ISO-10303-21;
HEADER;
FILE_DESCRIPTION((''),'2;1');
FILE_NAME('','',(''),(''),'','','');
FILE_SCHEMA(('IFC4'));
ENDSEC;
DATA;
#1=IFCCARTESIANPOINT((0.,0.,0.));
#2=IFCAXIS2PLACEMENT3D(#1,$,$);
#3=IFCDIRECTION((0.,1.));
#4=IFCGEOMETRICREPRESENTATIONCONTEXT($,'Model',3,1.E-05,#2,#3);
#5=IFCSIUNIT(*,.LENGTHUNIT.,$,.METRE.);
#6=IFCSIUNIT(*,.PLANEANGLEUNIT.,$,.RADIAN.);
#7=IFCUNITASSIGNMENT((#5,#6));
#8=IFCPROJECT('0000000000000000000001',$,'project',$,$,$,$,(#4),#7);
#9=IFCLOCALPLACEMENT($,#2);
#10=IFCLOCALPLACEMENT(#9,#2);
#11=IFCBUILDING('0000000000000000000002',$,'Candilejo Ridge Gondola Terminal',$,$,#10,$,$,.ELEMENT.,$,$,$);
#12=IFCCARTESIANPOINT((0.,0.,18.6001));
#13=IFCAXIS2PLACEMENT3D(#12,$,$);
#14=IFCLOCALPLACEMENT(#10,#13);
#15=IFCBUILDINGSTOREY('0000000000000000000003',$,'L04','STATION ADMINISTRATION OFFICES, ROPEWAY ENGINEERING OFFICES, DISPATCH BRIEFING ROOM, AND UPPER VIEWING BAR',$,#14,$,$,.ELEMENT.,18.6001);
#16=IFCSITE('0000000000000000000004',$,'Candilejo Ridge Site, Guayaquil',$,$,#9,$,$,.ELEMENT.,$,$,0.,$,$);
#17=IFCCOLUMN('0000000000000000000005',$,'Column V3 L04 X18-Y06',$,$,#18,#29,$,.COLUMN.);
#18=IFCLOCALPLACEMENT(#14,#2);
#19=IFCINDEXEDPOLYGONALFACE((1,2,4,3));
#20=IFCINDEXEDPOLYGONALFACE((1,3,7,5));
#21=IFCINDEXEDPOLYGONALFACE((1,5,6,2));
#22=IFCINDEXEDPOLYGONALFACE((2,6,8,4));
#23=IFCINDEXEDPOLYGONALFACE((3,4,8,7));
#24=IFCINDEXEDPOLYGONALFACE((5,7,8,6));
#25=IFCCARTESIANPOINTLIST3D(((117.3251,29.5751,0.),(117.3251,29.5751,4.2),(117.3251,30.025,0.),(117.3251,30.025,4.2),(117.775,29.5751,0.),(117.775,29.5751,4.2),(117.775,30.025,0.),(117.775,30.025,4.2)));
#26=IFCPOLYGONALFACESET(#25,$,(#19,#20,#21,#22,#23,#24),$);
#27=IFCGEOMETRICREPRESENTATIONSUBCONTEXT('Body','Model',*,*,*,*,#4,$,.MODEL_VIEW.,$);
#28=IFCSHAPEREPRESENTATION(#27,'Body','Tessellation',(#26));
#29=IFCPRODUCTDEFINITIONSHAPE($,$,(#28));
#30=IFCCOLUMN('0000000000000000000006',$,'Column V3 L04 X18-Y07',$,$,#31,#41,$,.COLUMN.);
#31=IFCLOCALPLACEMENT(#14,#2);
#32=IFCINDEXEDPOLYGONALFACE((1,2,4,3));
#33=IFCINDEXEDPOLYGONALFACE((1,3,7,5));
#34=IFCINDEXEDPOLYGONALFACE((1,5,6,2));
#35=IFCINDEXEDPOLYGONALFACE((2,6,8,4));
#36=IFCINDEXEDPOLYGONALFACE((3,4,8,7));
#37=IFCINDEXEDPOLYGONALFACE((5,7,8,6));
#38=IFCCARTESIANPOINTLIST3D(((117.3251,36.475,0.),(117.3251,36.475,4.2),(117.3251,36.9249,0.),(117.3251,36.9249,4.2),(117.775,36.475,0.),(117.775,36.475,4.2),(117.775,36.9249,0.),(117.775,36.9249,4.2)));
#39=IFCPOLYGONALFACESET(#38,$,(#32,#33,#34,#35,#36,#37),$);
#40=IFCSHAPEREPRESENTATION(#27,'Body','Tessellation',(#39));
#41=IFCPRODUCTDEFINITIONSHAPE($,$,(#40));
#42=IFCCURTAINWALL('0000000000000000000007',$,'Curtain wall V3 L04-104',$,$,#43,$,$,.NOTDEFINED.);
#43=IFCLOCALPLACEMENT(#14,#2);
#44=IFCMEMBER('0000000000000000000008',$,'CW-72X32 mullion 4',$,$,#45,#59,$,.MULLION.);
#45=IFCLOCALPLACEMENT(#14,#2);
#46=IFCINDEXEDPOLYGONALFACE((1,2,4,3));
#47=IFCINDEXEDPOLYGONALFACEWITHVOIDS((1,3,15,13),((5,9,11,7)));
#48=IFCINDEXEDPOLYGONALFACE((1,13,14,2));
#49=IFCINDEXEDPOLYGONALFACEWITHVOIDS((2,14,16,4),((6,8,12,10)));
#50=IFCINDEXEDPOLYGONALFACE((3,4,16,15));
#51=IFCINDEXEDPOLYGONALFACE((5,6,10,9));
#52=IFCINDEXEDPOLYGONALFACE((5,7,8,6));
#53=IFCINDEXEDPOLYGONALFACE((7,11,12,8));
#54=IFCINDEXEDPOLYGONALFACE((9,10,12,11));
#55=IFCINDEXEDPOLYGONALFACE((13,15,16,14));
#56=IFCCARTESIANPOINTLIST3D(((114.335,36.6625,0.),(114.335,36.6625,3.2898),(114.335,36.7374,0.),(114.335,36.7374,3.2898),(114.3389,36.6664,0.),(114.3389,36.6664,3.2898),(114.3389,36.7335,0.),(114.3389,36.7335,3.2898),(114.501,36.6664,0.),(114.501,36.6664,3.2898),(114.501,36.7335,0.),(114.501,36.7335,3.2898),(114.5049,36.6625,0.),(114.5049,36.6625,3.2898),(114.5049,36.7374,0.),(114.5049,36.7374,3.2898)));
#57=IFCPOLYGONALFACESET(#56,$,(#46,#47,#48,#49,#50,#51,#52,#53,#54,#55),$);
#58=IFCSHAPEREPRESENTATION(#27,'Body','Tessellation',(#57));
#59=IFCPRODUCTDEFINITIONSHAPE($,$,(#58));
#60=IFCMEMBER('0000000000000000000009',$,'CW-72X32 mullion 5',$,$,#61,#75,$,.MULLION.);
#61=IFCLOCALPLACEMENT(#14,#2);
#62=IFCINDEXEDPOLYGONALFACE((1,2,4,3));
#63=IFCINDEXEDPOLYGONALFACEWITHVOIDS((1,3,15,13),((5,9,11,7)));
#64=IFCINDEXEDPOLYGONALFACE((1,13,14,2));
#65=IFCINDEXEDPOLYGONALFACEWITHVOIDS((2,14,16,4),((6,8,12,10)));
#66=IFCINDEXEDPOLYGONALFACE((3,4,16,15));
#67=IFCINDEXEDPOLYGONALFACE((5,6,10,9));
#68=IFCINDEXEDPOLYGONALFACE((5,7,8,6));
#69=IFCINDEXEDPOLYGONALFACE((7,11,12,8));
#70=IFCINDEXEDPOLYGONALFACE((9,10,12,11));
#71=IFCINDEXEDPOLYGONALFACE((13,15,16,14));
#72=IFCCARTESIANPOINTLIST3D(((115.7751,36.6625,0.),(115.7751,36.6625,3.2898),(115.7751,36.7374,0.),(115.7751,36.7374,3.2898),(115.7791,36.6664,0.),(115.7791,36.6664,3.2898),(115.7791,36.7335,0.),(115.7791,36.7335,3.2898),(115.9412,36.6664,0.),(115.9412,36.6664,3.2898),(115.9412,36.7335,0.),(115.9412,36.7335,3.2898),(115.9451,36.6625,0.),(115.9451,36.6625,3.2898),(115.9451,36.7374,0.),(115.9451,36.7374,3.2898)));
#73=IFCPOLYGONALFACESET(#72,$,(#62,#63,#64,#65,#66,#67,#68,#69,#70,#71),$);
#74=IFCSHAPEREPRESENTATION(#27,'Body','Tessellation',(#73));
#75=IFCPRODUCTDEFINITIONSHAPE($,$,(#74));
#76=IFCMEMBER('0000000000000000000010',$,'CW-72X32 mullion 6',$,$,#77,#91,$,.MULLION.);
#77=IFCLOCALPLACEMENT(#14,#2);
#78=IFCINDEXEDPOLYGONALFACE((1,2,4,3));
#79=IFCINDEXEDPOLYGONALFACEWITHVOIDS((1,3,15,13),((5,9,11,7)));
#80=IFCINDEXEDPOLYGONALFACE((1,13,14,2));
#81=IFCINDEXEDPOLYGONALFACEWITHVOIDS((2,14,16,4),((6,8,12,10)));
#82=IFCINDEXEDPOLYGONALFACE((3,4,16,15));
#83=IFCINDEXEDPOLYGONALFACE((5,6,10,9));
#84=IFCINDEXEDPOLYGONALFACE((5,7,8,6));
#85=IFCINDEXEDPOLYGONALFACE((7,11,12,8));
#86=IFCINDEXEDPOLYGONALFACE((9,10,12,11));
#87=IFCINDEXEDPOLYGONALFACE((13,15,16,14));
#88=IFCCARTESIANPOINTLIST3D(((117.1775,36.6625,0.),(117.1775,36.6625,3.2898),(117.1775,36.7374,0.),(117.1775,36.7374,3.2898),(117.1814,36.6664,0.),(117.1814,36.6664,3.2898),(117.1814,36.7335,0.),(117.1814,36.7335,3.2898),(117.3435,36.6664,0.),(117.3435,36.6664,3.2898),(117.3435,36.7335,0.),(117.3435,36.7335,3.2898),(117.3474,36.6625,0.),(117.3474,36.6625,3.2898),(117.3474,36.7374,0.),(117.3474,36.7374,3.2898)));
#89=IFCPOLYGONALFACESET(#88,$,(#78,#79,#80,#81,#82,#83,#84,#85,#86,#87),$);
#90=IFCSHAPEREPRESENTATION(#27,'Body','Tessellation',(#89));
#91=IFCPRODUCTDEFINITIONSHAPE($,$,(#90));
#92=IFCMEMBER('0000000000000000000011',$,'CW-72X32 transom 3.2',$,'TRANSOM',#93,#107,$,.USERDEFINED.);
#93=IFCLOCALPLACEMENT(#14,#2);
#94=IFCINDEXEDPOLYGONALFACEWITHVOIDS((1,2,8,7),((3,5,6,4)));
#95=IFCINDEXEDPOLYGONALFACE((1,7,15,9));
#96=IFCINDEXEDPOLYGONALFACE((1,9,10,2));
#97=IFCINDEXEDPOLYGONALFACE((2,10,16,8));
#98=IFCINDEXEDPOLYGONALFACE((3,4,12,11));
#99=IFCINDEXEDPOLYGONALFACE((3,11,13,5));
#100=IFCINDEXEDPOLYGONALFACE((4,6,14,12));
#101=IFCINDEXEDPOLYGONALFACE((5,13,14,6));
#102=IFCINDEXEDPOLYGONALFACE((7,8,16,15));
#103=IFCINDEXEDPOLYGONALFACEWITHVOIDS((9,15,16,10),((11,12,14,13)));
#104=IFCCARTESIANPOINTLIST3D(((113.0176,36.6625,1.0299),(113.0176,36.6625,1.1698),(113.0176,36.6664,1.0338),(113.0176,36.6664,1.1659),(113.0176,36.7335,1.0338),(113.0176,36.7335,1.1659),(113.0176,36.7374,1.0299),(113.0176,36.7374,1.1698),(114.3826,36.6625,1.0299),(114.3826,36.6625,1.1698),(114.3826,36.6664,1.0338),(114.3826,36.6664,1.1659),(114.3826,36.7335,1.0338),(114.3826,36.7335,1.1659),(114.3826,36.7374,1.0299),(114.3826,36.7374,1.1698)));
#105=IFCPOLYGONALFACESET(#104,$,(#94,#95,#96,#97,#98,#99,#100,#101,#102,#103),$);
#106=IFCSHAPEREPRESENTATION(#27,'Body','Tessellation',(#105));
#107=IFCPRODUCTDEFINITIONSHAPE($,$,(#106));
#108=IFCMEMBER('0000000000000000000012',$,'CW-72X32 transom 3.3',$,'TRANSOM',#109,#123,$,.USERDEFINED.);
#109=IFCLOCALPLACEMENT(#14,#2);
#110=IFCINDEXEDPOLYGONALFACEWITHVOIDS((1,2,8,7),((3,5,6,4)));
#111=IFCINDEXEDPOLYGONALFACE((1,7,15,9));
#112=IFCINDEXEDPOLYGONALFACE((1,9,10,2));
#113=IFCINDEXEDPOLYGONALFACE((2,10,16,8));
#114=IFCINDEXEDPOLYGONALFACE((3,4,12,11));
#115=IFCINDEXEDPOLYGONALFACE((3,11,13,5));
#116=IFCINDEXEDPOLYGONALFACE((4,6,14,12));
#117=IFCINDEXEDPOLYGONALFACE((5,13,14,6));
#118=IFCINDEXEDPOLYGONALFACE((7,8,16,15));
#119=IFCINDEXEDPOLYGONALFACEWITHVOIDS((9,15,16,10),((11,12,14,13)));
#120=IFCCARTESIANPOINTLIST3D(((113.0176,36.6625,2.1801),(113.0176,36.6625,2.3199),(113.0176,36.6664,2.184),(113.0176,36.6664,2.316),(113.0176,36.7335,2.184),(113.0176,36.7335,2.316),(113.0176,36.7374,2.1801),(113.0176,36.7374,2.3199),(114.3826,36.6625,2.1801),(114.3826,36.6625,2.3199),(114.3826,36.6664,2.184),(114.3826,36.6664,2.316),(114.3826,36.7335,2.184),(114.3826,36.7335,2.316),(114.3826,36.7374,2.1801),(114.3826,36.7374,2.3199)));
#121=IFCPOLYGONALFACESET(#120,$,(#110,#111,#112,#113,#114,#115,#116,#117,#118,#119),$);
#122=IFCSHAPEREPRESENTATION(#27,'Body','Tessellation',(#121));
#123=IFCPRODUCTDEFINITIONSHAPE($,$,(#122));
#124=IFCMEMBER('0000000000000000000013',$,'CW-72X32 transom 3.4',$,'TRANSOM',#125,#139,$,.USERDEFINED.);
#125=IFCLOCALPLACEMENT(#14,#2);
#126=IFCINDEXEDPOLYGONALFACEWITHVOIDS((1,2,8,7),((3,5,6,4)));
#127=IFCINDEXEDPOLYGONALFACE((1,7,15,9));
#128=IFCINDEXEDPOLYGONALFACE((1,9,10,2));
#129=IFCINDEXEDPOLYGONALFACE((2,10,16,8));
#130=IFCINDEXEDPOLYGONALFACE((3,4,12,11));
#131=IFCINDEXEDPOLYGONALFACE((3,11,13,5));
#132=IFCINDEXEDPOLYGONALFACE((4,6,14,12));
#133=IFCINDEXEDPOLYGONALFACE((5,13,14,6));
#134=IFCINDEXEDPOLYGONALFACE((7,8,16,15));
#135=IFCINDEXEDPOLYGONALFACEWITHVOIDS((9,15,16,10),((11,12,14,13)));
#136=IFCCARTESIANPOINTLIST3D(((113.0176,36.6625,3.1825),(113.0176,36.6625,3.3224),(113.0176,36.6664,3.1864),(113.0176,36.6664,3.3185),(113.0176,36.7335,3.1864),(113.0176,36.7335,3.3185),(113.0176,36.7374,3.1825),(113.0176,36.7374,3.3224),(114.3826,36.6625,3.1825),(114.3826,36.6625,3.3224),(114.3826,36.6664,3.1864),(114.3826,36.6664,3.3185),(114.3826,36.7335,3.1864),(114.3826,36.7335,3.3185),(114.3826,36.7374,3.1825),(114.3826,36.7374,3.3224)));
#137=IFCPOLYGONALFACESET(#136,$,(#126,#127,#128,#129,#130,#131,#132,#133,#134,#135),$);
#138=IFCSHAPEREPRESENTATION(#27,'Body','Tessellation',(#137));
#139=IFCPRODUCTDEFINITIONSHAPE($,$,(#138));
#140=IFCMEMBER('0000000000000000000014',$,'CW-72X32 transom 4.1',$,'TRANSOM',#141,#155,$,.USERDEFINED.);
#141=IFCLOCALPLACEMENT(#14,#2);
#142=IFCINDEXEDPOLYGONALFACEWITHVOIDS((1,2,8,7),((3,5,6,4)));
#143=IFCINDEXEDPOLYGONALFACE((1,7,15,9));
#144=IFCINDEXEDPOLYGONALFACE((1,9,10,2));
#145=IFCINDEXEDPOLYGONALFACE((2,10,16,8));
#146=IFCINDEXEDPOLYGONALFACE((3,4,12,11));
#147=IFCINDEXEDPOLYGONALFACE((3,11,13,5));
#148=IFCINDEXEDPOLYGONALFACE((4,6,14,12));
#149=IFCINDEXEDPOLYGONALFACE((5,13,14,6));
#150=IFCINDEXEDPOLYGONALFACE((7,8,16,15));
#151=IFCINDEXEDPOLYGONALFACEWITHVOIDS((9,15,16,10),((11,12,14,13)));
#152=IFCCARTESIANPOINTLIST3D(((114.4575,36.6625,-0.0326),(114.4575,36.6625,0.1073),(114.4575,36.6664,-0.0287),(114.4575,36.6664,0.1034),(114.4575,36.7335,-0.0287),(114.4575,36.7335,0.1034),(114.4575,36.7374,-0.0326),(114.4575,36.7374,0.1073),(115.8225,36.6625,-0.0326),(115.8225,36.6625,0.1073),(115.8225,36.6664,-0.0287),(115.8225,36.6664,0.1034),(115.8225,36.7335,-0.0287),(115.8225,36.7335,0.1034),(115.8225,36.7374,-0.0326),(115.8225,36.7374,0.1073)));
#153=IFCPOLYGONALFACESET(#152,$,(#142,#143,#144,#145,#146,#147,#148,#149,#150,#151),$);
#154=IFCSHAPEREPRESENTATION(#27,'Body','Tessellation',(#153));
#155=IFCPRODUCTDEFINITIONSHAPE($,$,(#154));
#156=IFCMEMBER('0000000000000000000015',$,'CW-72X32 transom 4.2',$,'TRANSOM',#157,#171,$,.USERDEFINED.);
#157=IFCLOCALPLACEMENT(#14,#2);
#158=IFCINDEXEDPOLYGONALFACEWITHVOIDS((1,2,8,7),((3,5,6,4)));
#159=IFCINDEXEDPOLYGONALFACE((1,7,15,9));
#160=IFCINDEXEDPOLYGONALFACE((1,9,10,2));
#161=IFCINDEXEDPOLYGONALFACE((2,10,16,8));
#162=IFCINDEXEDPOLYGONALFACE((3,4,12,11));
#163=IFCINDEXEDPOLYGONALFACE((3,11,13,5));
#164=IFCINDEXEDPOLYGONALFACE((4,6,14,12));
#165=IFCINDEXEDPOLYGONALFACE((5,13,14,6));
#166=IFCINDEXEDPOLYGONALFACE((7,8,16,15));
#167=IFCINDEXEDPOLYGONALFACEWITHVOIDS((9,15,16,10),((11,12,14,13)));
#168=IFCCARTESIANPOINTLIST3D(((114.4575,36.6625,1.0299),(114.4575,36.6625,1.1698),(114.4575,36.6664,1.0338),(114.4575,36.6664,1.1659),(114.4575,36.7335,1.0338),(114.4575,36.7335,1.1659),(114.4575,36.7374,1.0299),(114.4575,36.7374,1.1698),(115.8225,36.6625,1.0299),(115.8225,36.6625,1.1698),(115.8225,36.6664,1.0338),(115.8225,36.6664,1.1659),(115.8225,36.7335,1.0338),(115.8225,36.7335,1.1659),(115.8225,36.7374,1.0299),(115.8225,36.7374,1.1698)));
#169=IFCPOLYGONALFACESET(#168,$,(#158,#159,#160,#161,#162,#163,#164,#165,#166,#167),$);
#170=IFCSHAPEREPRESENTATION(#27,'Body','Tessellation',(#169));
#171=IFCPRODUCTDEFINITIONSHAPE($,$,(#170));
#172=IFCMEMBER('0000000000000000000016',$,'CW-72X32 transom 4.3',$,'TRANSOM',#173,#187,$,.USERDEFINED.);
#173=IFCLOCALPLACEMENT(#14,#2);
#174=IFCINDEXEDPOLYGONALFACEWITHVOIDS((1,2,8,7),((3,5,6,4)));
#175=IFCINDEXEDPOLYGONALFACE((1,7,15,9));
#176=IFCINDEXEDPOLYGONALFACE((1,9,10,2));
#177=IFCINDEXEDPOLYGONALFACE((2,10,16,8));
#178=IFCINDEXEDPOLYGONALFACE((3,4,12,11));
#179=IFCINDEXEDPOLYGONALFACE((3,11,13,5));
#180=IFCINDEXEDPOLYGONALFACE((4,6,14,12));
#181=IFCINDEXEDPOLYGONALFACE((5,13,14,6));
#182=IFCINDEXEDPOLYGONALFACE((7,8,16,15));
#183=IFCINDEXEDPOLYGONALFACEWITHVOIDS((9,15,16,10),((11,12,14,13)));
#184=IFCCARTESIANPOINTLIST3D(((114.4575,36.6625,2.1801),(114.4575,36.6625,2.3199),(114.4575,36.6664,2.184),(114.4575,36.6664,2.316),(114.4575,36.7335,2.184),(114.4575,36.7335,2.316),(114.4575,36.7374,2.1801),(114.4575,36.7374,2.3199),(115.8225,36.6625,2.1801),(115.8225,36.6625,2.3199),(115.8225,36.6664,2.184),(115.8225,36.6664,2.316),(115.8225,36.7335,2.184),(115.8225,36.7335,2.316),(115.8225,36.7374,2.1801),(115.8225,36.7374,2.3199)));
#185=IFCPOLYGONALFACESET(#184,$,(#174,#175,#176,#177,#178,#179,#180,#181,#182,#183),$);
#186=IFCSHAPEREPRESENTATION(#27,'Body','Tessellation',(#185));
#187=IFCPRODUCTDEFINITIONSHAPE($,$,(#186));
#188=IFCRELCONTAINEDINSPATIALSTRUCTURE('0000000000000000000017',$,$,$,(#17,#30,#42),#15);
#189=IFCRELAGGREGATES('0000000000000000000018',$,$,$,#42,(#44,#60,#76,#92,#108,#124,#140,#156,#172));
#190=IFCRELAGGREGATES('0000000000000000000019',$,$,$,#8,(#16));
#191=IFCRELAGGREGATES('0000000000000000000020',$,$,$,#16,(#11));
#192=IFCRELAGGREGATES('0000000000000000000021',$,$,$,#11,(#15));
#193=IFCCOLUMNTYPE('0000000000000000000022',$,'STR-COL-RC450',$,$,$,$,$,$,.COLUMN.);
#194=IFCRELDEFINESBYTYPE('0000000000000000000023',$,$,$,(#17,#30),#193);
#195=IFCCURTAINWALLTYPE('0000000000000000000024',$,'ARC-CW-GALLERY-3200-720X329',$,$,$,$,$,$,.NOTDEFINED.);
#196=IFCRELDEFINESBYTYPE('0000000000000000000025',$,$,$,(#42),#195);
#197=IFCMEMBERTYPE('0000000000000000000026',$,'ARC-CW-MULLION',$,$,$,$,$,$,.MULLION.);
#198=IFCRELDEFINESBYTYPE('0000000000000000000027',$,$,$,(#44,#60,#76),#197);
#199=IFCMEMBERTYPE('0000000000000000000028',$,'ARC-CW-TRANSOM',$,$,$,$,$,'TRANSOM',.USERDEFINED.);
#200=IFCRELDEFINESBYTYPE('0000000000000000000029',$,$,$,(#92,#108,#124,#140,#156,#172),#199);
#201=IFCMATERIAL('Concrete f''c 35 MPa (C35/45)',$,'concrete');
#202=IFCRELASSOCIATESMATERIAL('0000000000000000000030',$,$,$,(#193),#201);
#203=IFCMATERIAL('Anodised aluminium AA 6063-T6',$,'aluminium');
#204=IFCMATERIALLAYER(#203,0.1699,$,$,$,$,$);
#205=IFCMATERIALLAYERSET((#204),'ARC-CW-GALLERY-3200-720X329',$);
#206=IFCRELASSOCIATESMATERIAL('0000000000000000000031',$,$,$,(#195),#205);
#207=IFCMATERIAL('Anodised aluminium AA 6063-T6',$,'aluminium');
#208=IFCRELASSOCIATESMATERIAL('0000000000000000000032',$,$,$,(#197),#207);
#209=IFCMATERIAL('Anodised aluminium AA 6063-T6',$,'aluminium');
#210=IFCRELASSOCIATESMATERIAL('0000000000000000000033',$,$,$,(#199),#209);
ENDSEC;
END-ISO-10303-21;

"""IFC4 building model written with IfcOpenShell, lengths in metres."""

from ifc_helpers import new_model, si_unit, direction, frame, origin, origin_2d, place, context, subcontext, project, spatial, rectangle, hollow_rectangle, extrude, material, layer, layer_set, material_profile, profile_set, type_object, element, aggregate, save


model = new_model("IFC4")

# Units and contexts
model_context = context("Model", 3, precision=1e-05, world=origin(), true_north=direction((0.0, 1.0)))
body_context = subcontext(model_context, "Body", "Model", "MODEL_VIEW")
ifc_project = project(units=[si_unit("LENGTHUNIT", "METRE"), si_unit("PLANEANGLEUNIT", "RADIAN")], contexts=[model_context])

# Site, building, storey
site_placement = place(None, origin())
site = spatial("IfcSite", under=ifc_project, at=site_placement, Name="Candilejo Ridge Site, Guayaquil", CompositionType="ELEMENT", RefElevation=0.0)
building_placement = place(site_placement, origin())
building = spatial("IfcBuilding", under=site, at=building_placement, Name="Candilejo Ridge Gondola Terminal", CompositionType="ELEMENT")
storey_placement = place(building_placement, frame((0.0, 0.0, 18.6001)))
storey = spatial("IfcBuildingStorey", under=building, at=storey_placement, Name="L04", Description="STATION ADMINISTRATION OFFICES, ROPEWAY ENGINEERING OFFICES, DISPATCH BRIEFING ROOM, AND UPPER VIEWING BAR", CompositionType="ELEMENT", Elevation=18.6001)

# Columns
ifc_material_1 = material(Name="Concrete f'c 35 MPa (C35/45)", Category="concrete")
ifc_material_profile_1 = material_profile(ifc_material_1, rectangle(XDim=0.45, YDim=0.45, at=origin_2d()))
ifc_profile_set_1 = profile_set([ifc_material_profile_1], Name="Concrete f'c 35 MPa (C35/45)")
column_type = type_object("IfcColumnType", Name="STR-COL-RC450", PredefinedType="COLUMN", material=ifc_profile_set_1)
for number, where, z_axis, x_axis, name in (
    (1, (117.55, 29.8, 0.0), (0.0, 0.0, 1.0), (1.0, 0.0, 0.0), "Column V3 L04 X18-Y06"),
    (2, (117.55, 36.7, 0.0), (0.0, 0.0, 1.0), (1.0, 0.0, 0.0), "Column V3 L04 X18-Y07"),
):
    element("IfcColumn", number, at=place(storey_placement, frame(where, z_axis=z_axis, x_axis=x_axis)), inside=storey, type_object=column_type, Name=name, PredefinedType="COLUMN", context=body_context, shape_type="SweptSolid", body=[
        extrude(rectangle(XDim=0.45, YDim=0.45, at=origin_2d()), origin(), (0.0, 0.0, 1.0), 4.2),
    ])

# Curtain wall, members
ifc_material_2 = material(Name="Anodised aluminium AA 6063-T6", Category="aluminium")
ifc_layer_1 = layer(ifc_material_2, 0.1699)
ifc_layer_set_1 = layer_set([ifc_layer_1], Name="ARC-CW-GALLERY-3200-720X329")
curtain_wall_type = type_object("IfcCurtainWallType", Name="ARC-CW-GALLERY-3200-720X329", PredefinedType="NOTDEFINED", material=ifc_layer_set_1)
curtain_wall_placement = place(storey_placement, origin())
curtain_wall = element("IfcCurtainWall", 3, at=curtain_wall_placement, inside=storey, type_object=curtain_wall_type, Name="Curtain wall V3 L04-104", PredefinedType="NOTDEFINED")
ifc_material_3 = material(Name="Anodised aluminium AA 6063-T6", Category="aluminium")
ifc_material_profile_2 = material_profile(ifc_material_3, hollow_rectangle(XDim=0.075, YDim=0.1699, WallThickness=0.0039, at=origin_2d()))
ifc_profile_set_2 = profile_set([ifc_material_profile_2], Name="Anodised aluminium AA 6063-T6")
member_type_1 = type_object("IfcMemberType", Name="ARC-CW-MULLION", PredefinedType="MULLION", material=ifc_profile_set_2)
member_1_placement = place(storey_placement, frame((114.4199, 36.7, 0.0), z_axis=(0.0, 0.0, 1.0), x_axis=(0.0, 1.0, 0.0)))
member_1 = element("IfcMember", 4, at=member_1_placement, type_object=member_type_1, Name="CW-72X32 mullion 4", PredefinedType="MULLION", context=body_context, shape_type="SweptSolid", body=[
    extrude(hollow_rectangle(XDim=0.075, YDim=0.1699, WallThickness=0.0039, at=origin_2d()), origin(), (0.0, 0.0, 1.0), 3.2898),
])
member_2_placement = place(storey_placement, frame((115.8601, 36.7, 0.0), z_axis=(0.0, 0.0, 1.0), x_axis=(0.0, 1.0, 0.0)))
member_2 = element("IfcMember", 5, at=member_2_placement, type_object=member_type_1, Name="CW-72X32 mullion 5", PredefinedType="MULLION", context=body_context, shape_type="SweptSolid", body=[
    extrude(hollow_rectangle(XDim=0.075, YDim=0.1699, WallThickness=0.0039, at=origin_2d()), origin(), (0.0, 0.0, 1.0), 3.2898),
])
member_3_placement = place(storey_placement, frame((117.2625, 36.7, 0.0), z_axis=(0.0, 0.0, 1.0), x_axis=(0.0, 1.0, 0.0)))
member_3 = element("IfcMember", 6, at=member_3_placement, type_object=member_type_1, Name="CW-72X32 mullion 6", PredefinedType="MULLION", context=body_context, shape_type="SweptSolid", body=[
    extrude(hollow_rectangle(XDim=0.075, YDim=0.1699, WallThickness=0.0039, at=origin_2d()), origin(), (0.0, 0.0, 1.0), 3.2898),
])
ifc_material_4 = material(Name="Anodised aluminium AA 6063-T6", Category="aluminium")
ifc_material_profile_3 = material_profile(ifc_material_4, hollow_rectangle(XDim=0.075, YDim=0.1399, WallThickness=0.0039, at=origin_2d()))
ifc_profile_set_3 = profile_set([ifc_material_profile_3], Name="Anodised aluminium AA 6063-T6")
member_type_2 = type_object("IfcMemberType", Name="ARC-CW-TRANSOM", ElementType="TRANSOM", PredefinedType="USERDEFINED", material=ifc_profile_set_3)
member_4_placement = place(storey_placement, frame((113.0176, 36.7, 1.0999), z_axis=(1.0, 0.0, 0.0), x_axis=(0.0, 1.0, 0.0)))
member_4 = element("IfcMember", 7, at=member_4_placement, type_object=member_type_2, Name="CW-72X32 transom 3.2", ObjectType="TRANSOM", PredefinedType="USERDEFINED", context=body_context, shape_type="SweptSolid", body=[
    extrude(hollow_rectangle(XDim=0.075, YDim=0.1399, WallThickness=0.0039, at=origin_2d()), origin(), (0.0, 0.0, 1.0), 1.365),
])
member_5_placement = place(storey_placement, frame((113.0176, 36.7, 2.25), z_axis=(1.0, 0.0, 0.0), x_axis=(0.0, 1.0, 0.0)))
member_5 = element("IfcMember", 8, at=member_5_placement, type_object=member_type_2, Name="CW-72X32 transom 3.3", ObjectType="TRANSOM", PredefinedType="USERDEFINED", context=body_context, shape_type="SweptSolid", body=[
    extrude(hollow_rectangle(XDim=0.075, YDim=0.1399, WallThickness=0.0039, at=origin_2d()), origin(), (0.0, 0.0, 1.0), 1.365),
])
member_6_placement = place(storey_placement, frame((113.0176, 36.7, 3.2524), z_axis=(1.0, 0.0, 0.0), x_axis=(0.0, 1.0, 0.0)))
member_6 = element("IfcMember", 9, at=member_6_placement, type_object=member_type_2, Name="CW-72X32 transom 3.4", ObjectType="TRANSOM", PredefinedType="USERDEFINED", context=body_context, shape_type="SweptSolid", body=[
    extrude(hollow_rectangle(XDim=0.075, YDim=0.1399, WallThickness=0.0039, at=origin_2d()), origin(), (0.0, 0.0, 1.0), 1.365),
])
member_7_placement = place(storey_placement, frame((114.4575, 36.7, 0.0374), z_axis=(1.0, 0.0, 0.0), x_axis=(0.0, 1.0, 0.0)))
member_7 = element("IfcMember", 10, at=member_7_placement, type_object=member_type_2, Name="CW-72X32 transom 4.1", ObjectType="TRANSOM", PredefinedType="USERDEFINED", context=body_context, shape_type="SweptSolid", body=[
    extrude(hollow_rectangle(XDim=0.075, YDim=0.1399, WallThickness=0.0039, at=origin_2d()), origin(), (0.0, 0.0, 1.0), 1.365),
])
member_8_placement = place(storey_placement, frame((114.4575, 36.7, 1.0999), z_axis=(1.0, 0.0, 0.0), x_axis=(0.0, 1.0, 0.0)))
member_8 = element("IfcMember", 11, at=member_8_placement, type_object=member_type_2, Name="CW-72X32 transom 4.2", ObjectType="TRANSOM", PredefinedType="USERDEFINED", context=body_context, shape_type="SweptSolid", body=[
    extrude(hollow_rectangle(XDim=0.075, YDim=0.1399, WallThickness=0.0039, at=origin_2d()), origin(), (0.0, 0.0, 1.0), 1.365),
])
member_9_placement = place(storey_placement, frame((114.4575, 36.7, 2.25), z_axis=(1.0, 0.0, 0.0), x_axis=(0.0, 1.0, 0.0)))
member_9 = element("IfcMember", 12, at=member_9_placement, type_object=member_type_2, Name="CW-72X32 transom 4.3", ObjectType="TRANSOM", PredefinedType="USERDEFINED", context=body_context, shape_type="SweptSolid", body=[
    extrude(hollow_rectangle(XDim=0.075, YDim=0.1399, WallThickness=0.0039, at=origin_2d()), origin(), (0.0, 0.0, 1.0), 1.365),
])

aggregate(curtain_wall, [member_1, member_2, member_3, member_4, member_5, member_6, member_7, member_8, member_9])

save(model, "model.ifc")
